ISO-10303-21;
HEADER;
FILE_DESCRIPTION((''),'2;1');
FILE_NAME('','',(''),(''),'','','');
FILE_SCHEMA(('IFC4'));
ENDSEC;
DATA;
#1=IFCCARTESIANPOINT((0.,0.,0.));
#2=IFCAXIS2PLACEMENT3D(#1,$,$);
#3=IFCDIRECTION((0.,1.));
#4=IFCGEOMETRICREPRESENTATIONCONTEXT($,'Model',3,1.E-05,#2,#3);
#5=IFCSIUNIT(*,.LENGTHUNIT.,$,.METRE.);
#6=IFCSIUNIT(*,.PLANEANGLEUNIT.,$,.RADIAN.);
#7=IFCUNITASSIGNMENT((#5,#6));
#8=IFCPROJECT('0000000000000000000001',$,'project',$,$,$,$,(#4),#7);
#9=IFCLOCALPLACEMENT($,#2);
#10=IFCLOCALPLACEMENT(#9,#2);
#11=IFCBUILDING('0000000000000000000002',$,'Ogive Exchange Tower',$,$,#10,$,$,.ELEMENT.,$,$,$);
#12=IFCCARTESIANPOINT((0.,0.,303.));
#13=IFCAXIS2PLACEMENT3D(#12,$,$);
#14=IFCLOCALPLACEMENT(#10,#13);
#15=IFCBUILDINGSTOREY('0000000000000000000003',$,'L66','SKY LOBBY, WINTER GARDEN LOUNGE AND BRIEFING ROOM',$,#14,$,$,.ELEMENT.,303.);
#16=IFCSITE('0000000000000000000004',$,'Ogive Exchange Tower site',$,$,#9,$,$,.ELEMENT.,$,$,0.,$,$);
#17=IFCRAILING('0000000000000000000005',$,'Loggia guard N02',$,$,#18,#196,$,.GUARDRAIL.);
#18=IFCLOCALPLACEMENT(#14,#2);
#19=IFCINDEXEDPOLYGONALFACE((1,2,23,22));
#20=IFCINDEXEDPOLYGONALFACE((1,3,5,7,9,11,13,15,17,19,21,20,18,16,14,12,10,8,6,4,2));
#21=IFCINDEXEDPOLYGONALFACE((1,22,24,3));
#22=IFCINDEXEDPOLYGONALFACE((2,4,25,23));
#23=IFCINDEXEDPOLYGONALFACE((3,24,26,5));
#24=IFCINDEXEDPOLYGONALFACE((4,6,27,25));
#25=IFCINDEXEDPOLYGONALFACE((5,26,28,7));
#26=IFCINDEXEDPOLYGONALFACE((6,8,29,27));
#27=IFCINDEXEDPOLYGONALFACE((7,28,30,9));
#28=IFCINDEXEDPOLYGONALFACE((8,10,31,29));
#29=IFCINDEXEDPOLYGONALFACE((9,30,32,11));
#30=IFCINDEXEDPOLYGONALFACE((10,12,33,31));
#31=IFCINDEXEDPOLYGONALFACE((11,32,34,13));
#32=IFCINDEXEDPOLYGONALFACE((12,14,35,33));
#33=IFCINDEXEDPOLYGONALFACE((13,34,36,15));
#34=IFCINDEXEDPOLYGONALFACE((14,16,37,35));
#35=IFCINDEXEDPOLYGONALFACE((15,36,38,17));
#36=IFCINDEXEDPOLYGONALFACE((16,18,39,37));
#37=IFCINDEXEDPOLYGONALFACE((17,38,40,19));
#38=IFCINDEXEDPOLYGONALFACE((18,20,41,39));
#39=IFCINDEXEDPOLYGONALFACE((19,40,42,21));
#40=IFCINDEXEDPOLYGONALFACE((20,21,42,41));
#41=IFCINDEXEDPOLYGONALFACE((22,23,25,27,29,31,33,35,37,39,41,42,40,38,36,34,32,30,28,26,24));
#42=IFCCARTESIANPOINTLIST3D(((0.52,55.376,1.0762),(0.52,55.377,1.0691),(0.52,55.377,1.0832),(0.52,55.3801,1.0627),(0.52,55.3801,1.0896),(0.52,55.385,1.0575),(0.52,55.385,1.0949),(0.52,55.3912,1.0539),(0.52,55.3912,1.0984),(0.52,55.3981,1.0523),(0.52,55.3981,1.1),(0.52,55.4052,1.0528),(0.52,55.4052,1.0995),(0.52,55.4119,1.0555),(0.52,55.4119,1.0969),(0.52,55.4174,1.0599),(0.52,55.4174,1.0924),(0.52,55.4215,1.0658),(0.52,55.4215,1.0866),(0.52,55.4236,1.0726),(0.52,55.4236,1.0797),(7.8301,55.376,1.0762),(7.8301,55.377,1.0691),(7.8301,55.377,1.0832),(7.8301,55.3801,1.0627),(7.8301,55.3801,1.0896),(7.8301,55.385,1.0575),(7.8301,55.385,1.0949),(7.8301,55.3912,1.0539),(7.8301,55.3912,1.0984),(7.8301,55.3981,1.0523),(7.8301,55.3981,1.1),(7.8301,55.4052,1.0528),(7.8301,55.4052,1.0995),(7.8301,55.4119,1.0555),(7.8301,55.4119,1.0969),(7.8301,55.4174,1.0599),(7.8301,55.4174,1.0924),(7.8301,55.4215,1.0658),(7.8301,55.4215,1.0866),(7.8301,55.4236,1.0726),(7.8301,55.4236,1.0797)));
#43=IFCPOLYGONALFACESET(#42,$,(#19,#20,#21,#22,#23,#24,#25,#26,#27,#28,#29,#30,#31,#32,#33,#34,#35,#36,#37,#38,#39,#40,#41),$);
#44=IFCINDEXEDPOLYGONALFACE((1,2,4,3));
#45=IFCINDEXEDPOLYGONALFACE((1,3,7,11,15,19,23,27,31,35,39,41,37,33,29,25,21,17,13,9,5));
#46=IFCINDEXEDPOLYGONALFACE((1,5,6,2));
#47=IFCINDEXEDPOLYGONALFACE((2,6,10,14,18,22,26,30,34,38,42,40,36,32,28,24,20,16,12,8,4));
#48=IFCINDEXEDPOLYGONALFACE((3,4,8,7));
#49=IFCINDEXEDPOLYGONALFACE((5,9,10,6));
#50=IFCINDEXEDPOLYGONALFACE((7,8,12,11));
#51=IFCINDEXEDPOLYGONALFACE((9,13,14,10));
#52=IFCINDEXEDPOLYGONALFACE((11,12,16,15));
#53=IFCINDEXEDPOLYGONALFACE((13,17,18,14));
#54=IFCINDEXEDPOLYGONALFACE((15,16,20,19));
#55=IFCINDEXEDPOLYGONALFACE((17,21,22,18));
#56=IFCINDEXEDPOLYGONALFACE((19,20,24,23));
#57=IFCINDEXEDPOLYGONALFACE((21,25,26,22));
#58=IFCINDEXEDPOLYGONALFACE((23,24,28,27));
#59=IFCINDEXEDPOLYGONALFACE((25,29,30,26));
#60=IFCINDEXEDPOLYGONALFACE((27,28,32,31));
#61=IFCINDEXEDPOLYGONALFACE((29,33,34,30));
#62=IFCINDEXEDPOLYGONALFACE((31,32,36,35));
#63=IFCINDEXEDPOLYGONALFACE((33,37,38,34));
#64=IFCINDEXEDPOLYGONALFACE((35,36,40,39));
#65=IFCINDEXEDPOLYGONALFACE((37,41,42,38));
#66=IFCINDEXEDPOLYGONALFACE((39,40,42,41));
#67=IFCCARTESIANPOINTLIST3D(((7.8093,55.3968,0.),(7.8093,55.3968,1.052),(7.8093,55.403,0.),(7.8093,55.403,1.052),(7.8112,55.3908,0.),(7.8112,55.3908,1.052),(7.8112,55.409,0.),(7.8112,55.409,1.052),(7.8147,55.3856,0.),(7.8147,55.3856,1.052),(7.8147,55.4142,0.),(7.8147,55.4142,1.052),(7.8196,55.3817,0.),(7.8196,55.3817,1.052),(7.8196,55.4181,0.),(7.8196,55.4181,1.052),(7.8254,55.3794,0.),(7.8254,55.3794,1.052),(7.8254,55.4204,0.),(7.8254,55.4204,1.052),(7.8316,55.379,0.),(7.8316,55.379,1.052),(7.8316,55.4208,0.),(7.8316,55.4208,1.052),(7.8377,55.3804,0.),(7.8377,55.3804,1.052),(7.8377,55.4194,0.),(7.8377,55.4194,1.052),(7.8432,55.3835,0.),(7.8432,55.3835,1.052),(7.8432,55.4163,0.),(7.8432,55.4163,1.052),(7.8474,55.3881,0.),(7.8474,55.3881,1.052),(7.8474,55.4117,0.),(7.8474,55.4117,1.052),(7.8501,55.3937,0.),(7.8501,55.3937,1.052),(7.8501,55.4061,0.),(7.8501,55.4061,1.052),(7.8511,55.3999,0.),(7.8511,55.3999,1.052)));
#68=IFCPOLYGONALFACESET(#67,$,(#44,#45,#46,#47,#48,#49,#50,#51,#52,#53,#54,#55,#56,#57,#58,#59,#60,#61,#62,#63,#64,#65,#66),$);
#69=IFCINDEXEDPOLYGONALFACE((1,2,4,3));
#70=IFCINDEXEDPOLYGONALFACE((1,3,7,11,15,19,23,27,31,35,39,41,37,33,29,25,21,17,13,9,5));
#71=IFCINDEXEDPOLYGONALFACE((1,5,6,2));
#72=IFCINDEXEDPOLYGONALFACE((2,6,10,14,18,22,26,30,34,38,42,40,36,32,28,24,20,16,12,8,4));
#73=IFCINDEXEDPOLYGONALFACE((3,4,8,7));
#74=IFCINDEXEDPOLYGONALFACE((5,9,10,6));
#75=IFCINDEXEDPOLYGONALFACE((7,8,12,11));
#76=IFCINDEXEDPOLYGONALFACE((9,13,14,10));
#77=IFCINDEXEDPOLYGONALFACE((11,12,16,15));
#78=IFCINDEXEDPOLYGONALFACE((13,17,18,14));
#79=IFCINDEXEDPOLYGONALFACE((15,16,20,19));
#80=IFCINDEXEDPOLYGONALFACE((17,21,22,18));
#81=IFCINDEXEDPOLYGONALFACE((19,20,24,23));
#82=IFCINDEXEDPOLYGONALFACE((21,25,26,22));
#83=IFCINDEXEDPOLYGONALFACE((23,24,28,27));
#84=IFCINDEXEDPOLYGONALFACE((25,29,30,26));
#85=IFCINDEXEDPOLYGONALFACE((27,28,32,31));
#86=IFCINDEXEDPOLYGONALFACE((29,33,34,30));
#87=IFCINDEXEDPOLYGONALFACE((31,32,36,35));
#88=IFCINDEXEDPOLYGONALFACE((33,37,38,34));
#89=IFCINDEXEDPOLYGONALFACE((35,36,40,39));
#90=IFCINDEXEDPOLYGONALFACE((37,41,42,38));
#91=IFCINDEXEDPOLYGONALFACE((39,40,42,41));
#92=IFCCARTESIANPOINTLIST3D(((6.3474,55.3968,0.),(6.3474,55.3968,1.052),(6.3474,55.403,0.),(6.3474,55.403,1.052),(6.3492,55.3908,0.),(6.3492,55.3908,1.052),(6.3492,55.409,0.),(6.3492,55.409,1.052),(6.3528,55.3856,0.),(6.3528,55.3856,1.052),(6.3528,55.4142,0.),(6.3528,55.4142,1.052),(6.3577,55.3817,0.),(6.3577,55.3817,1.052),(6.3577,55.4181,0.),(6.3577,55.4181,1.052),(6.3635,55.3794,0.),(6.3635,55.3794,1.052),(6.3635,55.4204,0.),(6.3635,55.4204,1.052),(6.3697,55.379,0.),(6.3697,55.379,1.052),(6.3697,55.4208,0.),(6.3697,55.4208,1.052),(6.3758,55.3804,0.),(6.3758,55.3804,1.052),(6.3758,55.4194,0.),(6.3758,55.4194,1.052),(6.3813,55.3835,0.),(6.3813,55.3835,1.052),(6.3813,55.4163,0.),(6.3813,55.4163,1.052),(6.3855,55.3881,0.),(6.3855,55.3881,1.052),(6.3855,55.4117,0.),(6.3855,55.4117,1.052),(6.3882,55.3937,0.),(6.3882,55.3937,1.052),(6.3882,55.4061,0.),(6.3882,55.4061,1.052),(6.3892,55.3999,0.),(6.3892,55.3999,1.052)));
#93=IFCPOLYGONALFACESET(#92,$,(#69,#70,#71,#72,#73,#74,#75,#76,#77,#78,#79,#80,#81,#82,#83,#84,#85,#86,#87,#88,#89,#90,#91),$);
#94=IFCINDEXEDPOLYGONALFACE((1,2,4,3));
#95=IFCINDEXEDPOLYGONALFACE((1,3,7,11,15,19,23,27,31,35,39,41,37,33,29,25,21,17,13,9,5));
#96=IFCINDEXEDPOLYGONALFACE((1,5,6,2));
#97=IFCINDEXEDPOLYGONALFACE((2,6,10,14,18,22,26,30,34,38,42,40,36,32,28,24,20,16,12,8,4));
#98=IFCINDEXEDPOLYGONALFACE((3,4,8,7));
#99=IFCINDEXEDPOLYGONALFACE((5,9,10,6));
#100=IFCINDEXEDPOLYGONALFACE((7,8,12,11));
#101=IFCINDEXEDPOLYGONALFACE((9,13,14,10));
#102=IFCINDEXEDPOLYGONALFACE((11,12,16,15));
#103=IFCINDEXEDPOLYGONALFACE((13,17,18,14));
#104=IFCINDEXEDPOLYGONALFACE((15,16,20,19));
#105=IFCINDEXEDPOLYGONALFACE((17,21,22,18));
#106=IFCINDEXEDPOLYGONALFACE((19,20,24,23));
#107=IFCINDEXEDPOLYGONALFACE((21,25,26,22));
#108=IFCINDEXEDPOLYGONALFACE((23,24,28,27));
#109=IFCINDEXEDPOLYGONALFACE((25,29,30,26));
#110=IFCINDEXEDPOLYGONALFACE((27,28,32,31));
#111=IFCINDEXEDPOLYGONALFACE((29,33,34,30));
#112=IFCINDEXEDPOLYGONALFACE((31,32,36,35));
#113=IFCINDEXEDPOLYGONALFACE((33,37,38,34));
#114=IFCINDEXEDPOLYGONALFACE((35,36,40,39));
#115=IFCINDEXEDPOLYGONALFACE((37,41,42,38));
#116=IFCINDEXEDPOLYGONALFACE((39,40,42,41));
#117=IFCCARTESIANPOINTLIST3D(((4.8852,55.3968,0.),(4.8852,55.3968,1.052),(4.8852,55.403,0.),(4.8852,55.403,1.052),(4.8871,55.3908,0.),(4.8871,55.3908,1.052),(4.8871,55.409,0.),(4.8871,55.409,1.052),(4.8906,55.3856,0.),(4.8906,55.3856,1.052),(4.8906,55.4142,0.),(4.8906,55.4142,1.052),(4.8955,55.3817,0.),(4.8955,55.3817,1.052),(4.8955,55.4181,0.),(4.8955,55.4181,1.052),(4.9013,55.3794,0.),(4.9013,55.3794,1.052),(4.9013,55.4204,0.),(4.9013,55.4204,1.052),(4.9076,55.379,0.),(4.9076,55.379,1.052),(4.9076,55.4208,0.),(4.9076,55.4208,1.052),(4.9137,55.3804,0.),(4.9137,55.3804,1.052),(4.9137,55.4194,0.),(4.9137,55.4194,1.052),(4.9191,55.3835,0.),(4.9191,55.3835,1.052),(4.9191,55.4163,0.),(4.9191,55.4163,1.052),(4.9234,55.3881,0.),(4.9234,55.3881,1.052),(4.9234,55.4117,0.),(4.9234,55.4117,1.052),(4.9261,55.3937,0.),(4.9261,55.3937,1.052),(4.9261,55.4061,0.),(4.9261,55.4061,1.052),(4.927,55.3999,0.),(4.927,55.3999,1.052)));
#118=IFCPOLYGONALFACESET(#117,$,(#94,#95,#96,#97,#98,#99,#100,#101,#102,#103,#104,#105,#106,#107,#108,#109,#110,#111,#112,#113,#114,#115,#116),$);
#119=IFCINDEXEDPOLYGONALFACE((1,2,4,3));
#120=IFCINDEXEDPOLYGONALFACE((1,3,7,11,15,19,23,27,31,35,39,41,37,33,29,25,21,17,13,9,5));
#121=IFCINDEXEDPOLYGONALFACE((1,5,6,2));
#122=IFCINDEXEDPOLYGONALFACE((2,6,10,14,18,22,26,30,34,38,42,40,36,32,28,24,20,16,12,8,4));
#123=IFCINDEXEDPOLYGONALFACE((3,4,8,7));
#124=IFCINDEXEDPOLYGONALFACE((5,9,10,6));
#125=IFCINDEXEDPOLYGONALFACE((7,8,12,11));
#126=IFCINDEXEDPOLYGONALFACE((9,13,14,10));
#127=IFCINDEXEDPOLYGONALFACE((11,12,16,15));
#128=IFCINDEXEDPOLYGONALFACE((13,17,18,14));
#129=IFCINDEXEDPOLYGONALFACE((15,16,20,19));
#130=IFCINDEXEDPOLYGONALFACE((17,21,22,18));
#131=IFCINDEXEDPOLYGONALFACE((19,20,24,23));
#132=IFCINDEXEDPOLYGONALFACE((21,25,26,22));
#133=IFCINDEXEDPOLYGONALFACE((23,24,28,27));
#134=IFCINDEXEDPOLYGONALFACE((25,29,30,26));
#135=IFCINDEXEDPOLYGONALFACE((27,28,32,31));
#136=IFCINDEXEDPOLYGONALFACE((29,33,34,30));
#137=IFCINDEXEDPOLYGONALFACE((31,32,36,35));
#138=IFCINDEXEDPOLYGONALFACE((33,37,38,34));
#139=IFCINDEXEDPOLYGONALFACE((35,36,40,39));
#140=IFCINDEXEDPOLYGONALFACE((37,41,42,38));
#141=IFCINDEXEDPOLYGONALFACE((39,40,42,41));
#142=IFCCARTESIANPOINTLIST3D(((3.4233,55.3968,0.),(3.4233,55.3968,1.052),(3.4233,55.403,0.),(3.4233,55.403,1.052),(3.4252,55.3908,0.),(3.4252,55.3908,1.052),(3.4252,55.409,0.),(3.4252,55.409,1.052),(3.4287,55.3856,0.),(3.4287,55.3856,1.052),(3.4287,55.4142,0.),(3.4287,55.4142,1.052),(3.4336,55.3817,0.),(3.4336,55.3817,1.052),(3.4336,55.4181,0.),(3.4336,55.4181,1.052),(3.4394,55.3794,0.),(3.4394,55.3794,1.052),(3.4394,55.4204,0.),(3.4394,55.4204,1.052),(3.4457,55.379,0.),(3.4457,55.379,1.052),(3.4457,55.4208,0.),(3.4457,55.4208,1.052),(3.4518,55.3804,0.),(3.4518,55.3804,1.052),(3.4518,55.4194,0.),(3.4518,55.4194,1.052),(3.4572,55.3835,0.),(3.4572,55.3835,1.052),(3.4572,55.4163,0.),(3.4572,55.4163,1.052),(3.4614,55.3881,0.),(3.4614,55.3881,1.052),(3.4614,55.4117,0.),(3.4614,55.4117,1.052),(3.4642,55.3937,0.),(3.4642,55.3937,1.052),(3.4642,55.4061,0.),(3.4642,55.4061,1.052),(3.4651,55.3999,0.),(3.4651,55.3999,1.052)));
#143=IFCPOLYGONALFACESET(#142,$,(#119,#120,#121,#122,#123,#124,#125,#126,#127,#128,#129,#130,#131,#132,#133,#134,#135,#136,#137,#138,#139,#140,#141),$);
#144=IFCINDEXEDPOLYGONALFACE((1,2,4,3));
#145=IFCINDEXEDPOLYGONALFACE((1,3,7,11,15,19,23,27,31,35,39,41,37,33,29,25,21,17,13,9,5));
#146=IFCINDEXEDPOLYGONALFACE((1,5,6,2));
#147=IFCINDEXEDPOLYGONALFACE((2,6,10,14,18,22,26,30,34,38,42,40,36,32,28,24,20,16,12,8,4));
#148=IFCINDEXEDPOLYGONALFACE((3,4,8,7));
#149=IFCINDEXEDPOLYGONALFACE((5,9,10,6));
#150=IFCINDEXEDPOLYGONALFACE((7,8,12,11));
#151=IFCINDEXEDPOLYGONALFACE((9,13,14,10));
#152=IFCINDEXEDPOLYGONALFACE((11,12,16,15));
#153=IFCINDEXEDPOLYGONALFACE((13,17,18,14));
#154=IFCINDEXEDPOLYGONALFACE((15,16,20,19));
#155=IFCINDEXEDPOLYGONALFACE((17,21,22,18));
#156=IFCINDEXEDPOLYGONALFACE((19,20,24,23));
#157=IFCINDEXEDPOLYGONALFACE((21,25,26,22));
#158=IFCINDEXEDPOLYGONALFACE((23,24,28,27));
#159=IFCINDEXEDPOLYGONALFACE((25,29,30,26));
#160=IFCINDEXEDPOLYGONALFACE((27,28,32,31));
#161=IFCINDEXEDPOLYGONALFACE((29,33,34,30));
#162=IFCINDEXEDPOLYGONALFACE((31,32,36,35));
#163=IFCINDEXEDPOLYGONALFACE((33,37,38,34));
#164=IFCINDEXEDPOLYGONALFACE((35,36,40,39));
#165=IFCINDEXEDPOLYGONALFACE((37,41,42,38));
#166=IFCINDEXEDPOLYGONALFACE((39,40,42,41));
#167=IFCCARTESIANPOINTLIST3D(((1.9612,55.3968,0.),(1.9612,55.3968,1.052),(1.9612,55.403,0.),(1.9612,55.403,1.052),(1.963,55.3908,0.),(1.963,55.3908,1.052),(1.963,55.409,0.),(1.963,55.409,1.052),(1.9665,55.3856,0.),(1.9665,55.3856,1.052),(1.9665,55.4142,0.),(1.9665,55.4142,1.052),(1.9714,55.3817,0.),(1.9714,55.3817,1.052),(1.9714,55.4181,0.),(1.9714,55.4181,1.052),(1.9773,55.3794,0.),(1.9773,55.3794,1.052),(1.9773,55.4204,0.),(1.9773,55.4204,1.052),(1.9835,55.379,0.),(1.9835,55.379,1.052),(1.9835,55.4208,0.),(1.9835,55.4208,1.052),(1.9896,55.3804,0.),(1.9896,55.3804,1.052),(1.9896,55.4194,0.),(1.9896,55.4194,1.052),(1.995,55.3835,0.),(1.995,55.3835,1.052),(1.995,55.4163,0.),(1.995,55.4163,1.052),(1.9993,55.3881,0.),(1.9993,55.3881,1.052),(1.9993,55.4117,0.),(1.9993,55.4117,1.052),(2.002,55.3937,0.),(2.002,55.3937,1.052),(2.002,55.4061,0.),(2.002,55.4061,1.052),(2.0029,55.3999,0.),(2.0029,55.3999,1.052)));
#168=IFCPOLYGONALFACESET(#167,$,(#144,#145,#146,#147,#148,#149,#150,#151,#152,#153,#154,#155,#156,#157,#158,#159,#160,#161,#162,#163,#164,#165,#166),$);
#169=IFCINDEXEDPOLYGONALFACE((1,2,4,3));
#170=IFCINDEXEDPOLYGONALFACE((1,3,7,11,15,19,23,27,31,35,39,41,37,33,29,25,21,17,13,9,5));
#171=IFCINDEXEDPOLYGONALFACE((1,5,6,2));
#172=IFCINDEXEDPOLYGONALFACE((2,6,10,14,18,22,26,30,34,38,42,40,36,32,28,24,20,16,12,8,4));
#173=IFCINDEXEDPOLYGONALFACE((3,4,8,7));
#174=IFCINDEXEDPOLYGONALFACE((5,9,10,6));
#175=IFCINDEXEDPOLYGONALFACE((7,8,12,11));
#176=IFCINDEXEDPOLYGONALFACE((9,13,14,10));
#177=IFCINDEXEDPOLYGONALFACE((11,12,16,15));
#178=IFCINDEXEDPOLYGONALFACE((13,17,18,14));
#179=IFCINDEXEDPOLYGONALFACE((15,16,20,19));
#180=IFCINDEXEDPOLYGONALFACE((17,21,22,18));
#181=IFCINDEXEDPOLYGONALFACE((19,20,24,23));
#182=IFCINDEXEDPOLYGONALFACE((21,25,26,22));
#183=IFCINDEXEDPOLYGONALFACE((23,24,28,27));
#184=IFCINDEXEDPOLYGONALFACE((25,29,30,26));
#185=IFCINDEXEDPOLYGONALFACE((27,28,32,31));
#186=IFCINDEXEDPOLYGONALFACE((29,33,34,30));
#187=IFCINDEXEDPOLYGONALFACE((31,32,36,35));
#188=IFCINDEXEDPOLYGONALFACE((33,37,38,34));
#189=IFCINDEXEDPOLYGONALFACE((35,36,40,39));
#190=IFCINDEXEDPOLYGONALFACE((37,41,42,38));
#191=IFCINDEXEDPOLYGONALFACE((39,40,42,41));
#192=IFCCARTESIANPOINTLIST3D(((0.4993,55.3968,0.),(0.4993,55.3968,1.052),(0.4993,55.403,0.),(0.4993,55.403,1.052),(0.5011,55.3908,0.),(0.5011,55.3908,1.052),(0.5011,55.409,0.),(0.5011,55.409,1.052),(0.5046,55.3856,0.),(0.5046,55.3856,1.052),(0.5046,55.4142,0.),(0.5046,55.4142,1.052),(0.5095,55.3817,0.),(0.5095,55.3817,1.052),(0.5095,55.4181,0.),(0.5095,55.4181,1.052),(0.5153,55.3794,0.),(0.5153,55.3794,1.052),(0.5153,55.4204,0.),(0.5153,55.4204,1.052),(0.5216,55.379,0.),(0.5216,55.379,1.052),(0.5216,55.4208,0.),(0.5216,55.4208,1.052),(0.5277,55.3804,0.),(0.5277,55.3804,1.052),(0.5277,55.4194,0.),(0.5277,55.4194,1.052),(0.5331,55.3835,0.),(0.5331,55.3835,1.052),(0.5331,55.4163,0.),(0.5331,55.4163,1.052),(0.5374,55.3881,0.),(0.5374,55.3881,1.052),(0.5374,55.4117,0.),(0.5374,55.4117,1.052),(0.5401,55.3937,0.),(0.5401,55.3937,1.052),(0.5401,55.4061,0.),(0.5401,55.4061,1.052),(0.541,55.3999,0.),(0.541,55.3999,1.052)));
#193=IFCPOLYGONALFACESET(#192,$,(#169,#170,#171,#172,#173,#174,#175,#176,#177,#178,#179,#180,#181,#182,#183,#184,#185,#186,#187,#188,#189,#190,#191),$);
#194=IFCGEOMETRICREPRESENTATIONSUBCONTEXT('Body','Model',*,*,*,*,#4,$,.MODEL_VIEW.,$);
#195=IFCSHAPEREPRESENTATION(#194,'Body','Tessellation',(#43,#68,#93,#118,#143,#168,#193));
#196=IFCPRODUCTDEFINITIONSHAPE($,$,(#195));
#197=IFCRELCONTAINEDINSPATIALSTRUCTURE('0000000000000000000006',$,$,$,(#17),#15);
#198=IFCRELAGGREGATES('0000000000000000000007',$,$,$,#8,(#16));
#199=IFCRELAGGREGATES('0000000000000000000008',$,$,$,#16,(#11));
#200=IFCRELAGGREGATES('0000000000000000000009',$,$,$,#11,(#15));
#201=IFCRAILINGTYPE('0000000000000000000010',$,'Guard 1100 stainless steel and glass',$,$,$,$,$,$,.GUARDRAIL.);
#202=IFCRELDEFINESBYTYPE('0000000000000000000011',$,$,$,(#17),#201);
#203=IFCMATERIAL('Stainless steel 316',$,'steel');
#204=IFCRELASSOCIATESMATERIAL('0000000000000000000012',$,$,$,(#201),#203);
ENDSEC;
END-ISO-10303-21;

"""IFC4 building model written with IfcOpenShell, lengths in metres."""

from ifc_helpers import new_model, si_unit, direction, frame, origin, origin_2d, place, context, subcontext, project, spatial, circle, extrude, material, type_object, element, save


model = new_model("IFC4")

# Units and contexts
model_context = context("Model", 3, precision=1e-05, world=origin(), true_north=direction((0.0, 1.0)))
body_context = subcontext(model_context, "Body", "Model", "MODEL_VIEW")
ifc_project = project(units=[si_unit("LENGTHUNIT", "METRE"), si_unit("PLANEANGLEUNIT", "RADIAN")], contexts=[model_context])

# Site, building, storey
site_placement = place(None, origin())
site = spatial("IfcSite", under=ifc_project, at=site_placement, Name="Ogive Exchange Tower site", CompositionType="ELEMENT", RefElevation=0.0)
building_placement = place(site_placement, origin())
building = spatial("IfcBuilding", under=site, at=building_placement, Name="Ogive Exchange Tower", CompositionType="ELEMENT")
storey_placement = place(building_placement, frame((0.0, 0.0, 303.0)))
storey = spatial("IfcBuildingStorey", under=building, at=storey_placement, Name="L66", Description="SKY LOBBY, WINTER GARDEN LOUNGE AND BRIEFING ROOM", CompositionType="ELEMENT", Elevation=303.0)

# Railing
ifc_material_1 = material(Name="Stainless steel 316", Category="steel")
railing_type = type_object("IfcRailingType", Name="Guard 1100 stainless steel and glass", PredefinedType="GUARDRAIL", material=ifc_material_1)
railing_1_placement = place(storey_placement, frame((7.8301, 55.3999, 0.0)))
element("IfcRailing", 1, at=railing_1_placement, inside=storey, type_object=railing_type, Name="Loggia guard N02", PredefinedType="GUARDRAIL", context=body_context, shape_type="SweptSolid", body=[
    extrude(circle(Radius=0.0239, at=origin_2d()), frame((0.0, 0.0, 1.0762), z_axis=(-1.0, 0.0, 0.0), x_axis=(0.0, -1.0, 0.0)), (0.0, 0.0, 1.0), 7.3101),
    extrude(circle(Radius=0.021, at=origin_2d()), origin(), (0.0, 0.0, 1.0), 1.052),
    extrude(circle(Radius=0.021, at=origin_2d()), frame((-1.4619, 0.0, 0.0)), (0.0, 0.0, 1.0), 1.052),
    extrude(circle(Radius=0.021, at=origin_2d()), frame((-2.9241, 0.0, 0.0)), (0.0, 0.0, 1.0), 1.052),
    extrude(circle(Radius=0.021, at=origin_2d()), frame((-4.386, 0.0, 0.0)), (0.0, 0.0, 1.0), 1.052),
    extrude(circle(Radius=0.021, at=origin_2d()), frame((-5.8481, 0.0, 0.0)), (0.0, 0.0, 1.0), 1.052),
    extrude(circle(Radius=0.021, at=origin_2d()), frame((-7.3101, 0.0, 0.0)), (0.0, 0.0, 1.0), 1.052),
])

save(model, "model.ifc")
